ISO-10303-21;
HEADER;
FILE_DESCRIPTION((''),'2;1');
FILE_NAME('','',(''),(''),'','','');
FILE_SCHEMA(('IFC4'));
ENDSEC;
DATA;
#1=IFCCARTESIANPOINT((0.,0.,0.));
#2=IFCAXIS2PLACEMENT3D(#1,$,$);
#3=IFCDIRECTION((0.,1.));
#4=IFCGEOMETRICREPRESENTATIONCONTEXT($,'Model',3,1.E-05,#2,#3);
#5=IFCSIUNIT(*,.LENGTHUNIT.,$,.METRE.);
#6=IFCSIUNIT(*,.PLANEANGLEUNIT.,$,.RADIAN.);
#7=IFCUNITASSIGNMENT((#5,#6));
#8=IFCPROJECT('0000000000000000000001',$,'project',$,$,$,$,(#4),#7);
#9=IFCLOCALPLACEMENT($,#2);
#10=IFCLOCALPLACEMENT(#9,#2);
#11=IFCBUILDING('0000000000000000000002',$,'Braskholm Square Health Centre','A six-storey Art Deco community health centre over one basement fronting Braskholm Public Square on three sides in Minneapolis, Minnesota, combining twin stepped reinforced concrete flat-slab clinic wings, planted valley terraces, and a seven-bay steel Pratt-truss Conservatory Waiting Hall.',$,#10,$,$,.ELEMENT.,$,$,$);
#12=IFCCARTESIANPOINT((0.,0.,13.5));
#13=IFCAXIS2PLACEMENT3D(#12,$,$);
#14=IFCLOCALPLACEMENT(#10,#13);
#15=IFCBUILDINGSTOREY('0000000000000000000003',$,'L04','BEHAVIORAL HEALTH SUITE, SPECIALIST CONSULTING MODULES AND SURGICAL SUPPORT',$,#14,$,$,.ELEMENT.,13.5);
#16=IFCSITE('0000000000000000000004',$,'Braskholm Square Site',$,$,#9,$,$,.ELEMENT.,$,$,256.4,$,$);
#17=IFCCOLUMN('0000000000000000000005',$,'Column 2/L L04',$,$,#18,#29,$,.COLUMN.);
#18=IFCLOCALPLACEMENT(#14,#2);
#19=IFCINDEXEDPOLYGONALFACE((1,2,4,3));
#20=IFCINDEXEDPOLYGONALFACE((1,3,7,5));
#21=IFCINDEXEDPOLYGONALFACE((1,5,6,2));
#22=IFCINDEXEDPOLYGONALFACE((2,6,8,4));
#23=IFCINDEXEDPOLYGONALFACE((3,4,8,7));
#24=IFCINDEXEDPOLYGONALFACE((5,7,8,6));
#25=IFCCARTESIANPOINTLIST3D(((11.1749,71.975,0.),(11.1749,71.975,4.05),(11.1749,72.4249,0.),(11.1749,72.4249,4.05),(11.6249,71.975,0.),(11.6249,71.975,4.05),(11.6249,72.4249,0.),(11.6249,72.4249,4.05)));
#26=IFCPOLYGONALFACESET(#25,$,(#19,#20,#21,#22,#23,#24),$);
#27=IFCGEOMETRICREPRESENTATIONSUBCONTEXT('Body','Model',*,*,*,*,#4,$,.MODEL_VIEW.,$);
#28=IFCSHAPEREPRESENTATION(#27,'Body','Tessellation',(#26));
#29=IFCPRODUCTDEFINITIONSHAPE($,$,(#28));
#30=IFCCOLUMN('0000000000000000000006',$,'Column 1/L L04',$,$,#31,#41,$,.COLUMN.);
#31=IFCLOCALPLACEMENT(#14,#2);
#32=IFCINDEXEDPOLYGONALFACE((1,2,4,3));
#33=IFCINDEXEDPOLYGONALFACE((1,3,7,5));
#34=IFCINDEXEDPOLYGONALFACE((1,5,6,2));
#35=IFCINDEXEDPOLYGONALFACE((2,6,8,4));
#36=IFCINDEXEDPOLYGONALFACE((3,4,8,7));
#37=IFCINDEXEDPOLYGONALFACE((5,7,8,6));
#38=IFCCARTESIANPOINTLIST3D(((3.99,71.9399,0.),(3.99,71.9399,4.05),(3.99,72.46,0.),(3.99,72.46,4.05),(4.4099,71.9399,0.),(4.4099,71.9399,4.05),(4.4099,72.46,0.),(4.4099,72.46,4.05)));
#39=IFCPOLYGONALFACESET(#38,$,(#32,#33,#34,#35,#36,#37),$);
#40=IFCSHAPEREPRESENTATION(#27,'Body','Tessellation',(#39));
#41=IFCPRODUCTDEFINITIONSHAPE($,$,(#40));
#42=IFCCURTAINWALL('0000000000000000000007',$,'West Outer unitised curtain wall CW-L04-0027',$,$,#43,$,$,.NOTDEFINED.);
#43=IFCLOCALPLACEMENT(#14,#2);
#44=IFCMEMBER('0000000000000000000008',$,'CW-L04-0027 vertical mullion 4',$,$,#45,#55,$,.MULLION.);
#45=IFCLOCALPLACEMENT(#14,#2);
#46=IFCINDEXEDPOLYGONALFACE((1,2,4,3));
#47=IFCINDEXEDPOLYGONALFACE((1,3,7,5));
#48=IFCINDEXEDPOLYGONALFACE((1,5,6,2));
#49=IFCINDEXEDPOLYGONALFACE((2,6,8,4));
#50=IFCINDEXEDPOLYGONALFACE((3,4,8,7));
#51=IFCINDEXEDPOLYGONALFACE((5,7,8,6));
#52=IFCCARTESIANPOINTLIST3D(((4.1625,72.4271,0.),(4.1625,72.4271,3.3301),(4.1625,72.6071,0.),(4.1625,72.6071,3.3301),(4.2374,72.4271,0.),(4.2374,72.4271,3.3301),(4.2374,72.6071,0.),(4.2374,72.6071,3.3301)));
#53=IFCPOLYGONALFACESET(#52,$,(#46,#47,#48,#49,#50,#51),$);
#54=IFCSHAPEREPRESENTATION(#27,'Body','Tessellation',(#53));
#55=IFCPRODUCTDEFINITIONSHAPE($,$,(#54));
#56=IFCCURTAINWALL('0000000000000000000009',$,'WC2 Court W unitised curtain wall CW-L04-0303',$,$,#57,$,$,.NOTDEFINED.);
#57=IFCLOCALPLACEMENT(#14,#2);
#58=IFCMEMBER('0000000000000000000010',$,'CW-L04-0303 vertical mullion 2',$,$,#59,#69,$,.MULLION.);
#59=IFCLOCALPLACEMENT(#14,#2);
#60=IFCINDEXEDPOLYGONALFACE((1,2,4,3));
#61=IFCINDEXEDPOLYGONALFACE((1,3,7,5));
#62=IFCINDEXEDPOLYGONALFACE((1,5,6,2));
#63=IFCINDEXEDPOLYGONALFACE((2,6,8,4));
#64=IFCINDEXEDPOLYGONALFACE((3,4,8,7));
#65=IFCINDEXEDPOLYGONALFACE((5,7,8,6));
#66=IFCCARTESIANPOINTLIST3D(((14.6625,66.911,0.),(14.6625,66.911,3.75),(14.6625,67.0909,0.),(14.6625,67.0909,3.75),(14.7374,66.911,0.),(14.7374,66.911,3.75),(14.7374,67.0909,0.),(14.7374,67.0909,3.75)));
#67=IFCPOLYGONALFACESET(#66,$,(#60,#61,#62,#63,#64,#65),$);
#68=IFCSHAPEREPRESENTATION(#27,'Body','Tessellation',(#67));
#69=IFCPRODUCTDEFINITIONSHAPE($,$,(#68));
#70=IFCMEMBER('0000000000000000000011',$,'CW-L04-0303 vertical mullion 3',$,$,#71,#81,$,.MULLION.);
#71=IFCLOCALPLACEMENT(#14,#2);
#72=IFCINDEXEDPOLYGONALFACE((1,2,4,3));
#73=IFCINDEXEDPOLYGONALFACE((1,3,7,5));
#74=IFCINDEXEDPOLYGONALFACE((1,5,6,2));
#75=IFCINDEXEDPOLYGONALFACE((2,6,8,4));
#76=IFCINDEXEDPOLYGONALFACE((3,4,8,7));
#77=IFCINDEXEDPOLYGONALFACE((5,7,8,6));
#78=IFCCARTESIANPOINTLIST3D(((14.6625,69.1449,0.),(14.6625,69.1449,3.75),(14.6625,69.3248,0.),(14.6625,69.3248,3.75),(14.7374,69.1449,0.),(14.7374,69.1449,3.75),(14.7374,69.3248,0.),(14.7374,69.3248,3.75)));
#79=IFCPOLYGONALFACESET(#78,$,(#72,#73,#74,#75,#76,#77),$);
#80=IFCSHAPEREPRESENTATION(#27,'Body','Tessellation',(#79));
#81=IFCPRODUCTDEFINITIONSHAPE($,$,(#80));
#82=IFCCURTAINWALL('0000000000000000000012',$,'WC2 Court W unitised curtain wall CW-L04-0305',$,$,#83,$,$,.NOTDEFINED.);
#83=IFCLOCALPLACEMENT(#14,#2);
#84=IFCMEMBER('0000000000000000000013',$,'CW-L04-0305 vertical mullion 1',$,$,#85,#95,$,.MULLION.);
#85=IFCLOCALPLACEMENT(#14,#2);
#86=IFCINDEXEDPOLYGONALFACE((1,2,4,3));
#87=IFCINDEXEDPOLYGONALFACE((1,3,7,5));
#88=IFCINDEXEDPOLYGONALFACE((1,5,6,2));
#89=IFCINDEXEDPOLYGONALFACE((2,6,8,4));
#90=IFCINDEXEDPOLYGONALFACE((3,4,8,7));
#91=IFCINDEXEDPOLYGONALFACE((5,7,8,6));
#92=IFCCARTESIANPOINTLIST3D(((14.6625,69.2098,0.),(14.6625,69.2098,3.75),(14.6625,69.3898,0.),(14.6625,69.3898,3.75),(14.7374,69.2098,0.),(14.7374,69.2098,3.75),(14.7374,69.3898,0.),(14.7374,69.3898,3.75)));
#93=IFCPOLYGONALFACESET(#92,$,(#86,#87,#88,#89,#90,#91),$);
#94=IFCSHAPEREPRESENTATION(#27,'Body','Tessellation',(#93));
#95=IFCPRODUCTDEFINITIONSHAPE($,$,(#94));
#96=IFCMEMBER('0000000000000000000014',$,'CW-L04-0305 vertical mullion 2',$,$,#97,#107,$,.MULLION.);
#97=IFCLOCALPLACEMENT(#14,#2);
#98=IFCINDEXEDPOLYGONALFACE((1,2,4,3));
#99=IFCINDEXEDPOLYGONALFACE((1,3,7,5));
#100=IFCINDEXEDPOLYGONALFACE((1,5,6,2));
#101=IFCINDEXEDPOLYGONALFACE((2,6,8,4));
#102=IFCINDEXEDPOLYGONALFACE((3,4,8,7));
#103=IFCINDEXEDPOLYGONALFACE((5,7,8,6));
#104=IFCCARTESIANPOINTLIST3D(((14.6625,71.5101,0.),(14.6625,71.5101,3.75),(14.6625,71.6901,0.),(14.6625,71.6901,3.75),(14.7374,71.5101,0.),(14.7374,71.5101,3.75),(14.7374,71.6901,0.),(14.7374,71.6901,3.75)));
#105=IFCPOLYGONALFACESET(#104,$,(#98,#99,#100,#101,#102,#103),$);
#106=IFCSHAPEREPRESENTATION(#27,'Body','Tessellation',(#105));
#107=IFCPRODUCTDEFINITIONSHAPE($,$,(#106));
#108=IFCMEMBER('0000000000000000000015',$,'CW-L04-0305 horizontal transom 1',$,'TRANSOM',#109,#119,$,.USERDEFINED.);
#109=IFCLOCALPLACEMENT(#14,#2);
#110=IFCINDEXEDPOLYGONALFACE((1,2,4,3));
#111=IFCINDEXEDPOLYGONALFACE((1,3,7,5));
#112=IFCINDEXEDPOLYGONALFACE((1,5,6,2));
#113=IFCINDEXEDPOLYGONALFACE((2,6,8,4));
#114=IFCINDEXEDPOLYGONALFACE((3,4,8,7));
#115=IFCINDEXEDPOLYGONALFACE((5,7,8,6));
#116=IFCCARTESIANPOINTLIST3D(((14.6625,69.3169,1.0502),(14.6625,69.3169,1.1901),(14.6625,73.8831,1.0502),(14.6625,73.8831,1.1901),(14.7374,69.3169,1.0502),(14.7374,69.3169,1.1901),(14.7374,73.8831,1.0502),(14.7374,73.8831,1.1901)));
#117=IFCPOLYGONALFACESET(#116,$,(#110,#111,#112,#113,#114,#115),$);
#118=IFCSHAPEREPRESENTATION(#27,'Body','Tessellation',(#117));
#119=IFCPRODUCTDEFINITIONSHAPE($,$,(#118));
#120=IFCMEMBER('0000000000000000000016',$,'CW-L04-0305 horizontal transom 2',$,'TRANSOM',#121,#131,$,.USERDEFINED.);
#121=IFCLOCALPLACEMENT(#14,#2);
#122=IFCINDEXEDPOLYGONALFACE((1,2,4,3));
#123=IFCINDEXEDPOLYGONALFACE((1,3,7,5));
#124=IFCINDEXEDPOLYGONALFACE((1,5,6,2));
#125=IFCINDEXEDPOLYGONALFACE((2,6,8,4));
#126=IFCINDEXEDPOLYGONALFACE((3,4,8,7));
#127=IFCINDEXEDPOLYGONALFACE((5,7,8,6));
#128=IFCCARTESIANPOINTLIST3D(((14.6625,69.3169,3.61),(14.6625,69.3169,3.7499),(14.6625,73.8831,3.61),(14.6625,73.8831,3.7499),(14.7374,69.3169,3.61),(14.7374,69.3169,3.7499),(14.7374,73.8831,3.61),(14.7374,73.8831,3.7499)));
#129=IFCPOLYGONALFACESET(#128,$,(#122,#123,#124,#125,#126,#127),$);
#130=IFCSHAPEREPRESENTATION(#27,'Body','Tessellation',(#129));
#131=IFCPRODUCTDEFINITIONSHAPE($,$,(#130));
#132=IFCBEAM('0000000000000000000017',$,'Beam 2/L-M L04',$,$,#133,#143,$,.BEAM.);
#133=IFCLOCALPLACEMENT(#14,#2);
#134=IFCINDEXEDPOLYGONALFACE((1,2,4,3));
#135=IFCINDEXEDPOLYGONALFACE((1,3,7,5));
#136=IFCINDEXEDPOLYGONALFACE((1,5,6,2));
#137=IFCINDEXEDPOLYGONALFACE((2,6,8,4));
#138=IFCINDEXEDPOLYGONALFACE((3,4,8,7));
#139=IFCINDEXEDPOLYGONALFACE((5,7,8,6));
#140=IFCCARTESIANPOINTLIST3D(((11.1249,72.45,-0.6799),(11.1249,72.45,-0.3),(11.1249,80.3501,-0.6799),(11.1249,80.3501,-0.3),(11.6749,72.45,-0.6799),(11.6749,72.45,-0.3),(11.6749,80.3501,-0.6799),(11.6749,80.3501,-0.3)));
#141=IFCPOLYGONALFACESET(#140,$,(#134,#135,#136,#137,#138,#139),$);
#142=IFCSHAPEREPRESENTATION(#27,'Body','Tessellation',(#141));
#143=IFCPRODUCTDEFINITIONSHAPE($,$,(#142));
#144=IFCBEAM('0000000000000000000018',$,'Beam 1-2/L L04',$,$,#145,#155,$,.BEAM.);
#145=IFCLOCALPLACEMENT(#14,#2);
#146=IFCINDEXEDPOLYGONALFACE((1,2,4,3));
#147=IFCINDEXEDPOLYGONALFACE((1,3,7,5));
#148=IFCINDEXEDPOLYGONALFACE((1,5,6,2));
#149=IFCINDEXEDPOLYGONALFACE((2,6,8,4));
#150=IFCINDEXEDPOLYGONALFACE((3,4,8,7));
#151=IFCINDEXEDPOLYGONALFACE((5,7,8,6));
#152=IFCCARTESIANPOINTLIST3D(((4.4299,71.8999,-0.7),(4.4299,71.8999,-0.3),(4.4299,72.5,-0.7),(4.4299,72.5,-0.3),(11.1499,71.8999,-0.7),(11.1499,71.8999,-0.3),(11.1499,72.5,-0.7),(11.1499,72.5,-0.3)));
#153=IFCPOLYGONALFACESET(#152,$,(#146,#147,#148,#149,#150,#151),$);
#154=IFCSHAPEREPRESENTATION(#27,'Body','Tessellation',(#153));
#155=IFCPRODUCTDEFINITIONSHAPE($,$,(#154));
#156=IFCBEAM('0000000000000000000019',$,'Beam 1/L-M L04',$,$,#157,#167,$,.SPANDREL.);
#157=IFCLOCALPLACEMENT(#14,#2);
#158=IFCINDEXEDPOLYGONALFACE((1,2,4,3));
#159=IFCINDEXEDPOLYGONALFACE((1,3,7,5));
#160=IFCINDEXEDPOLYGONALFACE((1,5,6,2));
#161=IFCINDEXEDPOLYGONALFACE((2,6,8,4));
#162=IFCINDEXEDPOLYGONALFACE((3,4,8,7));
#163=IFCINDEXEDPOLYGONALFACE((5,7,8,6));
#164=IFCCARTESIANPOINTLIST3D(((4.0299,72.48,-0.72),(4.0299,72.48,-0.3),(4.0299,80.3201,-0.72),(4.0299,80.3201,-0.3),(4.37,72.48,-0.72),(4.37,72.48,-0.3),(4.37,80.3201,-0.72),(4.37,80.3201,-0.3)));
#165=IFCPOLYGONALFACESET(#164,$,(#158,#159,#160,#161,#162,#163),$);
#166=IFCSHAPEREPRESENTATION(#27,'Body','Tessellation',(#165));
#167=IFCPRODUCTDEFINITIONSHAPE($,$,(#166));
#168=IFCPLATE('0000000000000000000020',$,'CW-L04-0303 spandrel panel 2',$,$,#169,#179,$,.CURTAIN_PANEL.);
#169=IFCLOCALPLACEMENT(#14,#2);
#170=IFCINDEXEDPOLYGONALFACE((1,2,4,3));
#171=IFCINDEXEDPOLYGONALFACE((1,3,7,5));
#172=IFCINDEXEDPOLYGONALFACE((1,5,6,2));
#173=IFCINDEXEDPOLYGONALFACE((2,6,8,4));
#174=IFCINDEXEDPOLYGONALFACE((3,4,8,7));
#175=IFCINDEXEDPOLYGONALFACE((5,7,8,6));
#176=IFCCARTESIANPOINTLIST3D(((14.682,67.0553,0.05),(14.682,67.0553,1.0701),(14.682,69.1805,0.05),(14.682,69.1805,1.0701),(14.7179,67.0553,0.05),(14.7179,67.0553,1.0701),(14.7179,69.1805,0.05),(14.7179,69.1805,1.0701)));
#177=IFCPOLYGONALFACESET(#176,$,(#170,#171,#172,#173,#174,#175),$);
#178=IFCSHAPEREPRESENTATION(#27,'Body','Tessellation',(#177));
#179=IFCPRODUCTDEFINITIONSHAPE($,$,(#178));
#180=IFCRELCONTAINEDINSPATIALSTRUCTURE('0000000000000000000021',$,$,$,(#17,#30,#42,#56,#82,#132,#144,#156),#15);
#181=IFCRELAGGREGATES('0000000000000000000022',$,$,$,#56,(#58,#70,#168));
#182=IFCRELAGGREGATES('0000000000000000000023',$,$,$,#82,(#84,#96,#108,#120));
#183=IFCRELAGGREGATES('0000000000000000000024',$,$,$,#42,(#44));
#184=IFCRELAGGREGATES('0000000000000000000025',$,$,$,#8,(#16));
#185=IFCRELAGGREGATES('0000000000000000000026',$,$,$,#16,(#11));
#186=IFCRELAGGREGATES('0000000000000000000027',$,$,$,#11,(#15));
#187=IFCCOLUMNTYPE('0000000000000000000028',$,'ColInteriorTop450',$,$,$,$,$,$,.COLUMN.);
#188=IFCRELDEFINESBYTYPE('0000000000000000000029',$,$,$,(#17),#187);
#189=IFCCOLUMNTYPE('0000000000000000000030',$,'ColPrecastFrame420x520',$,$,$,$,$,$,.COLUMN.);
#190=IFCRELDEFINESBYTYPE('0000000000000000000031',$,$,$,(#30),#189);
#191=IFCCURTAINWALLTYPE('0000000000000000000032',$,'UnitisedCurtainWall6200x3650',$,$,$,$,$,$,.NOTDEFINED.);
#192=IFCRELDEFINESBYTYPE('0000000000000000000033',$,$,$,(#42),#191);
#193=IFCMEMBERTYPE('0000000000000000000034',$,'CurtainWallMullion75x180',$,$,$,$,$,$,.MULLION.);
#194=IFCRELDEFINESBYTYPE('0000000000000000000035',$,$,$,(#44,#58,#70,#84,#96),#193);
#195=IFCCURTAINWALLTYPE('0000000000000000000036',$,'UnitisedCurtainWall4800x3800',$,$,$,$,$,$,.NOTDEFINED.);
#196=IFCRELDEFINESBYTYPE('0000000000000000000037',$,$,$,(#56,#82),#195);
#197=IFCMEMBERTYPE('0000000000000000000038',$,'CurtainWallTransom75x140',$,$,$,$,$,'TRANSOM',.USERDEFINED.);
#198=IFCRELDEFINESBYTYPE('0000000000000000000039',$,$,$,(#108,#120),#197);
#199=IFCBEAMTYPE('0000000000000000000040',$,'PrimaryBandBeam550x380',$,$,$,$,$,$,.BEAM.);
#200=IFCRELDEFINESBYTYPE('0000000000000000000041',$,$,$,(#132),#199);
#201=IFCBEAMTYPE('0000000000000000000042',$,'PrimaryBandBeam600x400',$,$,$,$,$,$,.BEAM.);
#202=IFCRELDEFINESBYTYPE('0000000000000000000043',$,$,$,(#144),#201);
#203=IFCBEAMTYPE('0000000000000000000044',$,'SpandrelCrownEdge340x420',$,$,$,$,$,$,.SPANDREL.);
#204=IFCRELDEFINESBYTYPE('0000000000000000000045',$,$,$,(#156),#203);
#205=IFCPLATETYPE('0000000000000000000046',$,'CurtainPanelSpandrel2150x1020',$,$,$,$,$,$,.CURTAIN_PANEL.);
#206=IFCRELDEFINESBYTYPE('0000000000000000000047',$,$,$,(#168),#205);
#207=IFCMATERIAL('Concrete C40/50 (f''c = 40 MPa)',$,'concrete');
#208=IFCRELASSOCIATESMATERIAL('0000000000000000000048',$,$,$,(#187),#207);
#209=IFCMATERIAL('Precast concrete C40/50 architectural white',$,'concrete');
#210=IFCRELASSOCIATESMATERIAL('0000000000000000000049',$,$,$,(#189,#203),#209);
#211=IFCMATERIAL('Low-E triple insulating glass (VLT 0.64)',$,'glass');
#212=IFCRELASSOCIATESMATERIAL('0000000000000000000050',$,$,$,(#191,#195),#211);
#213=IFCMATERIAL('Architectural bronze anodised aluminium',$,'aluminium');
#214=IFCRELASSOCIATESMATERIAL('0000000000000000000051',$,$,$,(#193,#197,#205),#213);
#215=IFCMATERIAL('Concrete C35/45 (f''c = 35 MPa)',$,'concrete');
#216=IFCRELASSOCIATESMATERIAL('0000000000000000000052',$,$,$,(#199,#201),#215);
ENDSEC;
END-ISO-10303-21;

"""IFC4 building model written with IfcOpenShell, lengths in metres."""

from ifc_helpers import new_model, si_unit, direction, frame, origin, origin_2d, place, context, subcontext, project, spatial, rectangle, extrude, material, material_profile, profile_set, type_object, element, aggregate, save


model = new_model("IFC4")

# Units and contexts
model_context = context("Model", 3, precision=1e-05, world=origin(), true_north=direction((0.0, 1.0)))
body_context = subcontext(model_context, "Body", "Model", "MODEL_VIEW")
ifc_project = project(units=[si_unit("LENGTHUNIT", "METRE"), si_unit("PLANEANGLEUNIT", "RADIAN")], contexts=[model_context])

# Site, building, storey
site_placement = place(None, origin())
site = spatial("IfcSite", under=ifc_project, at=site_placement, Name="Braskholm Square Site", CompositionType="ELEMENT", RefElevation=256.4)
building_placement = place(site_placement, origin())
building = spatial("IfcBuilding", under=site, at=building_placement, Name="Braskholm Square Health Centre", Description="A six-storey Art Deco community health centre over one basement fronting Braskholm Public Square on three sides in Minneapolis, Minnesota, combining twin stepped reinforced concrete flat-slab clinic wings, planted valley terraces, and a seven-bay steel Pratt-truss Conservatory Waiting Hall.", CompositionType="ELEMENT")
storey_placement = place(building_placement, frame((0.0, 0.0, 13.5)))
storey = spatial("IfcBuildingStorey", under=building, at=storey_placement, Name="L04", Description="BEHAVIORAL HEALTH SUITE, SPECIALIST CONSULTING MODULES AND SURGICAL SUPPORT", CompositionType="ELEMENT", Elevation=13.5)

# Columns
ifc_material_1 = material(Name="Concrete C40/50 (f'c = 40 MPa)", Category="concrete")
ifc_material_profile_1 = material_profile(ifc_material_1, rectangle(XDim=0.45, YDim=0.45, at=origin_2d()), Name="RC-450X450")
ifc_profile_set_1 = profile_set([ifc_material_profile_1], Name="Concrete C40/50 (f'c = 40 MPa)")
column_type_1 = type_object("IfcColumnType", Name="ColInteriorTop450", PredefinedType="COLUMN", material=ifc_profile_set_1)
column_1_placement = place(storey_placement, frame((11.3999, 72.2, 0.0), z_axis=(0.0, 0.0, 1.0), x_axis=(1.0, 0.0, 0.0)))
element("IfcColumn", 1, at=column_1_placement, inside=storey, type_object=column_type_1, Name="Column 2/L L04", PredefinedType="COLUMN", context=body_context, shape_type="SweptSolid", body=[
    extrude(rectangle(XDim=0.45, YDim=0.45, at=origin_2d()), origin(), (0.0, 0.0, 1.0), 4.05),
])
ifc_material_2 = material(Name="Precast concrete C40/50 architectural white", Category="concrete")
ifc_material_profile_2 = material_profile(ifc_material_2, rectangle(XDim=0.4199, YDim=0.52, at=origin_2d()), Name="RC-420X520")
ifc_profile_set_2 = profile_set([ifc_material_profile_2], Name="Precast concrete C40/50 architectural white")
column_type_2 = type_object("IfcColumnType", Name="ColPrecastFrame420x520", PredefinedType="COLUMN", material=ifc_profile_set_2)
column_2_placement = place(storey_placement, frame((4.2, 72.2, 0.0), z_axis=(0.0, 0.0, 1.0), x_axis=(1.0, 0.0, 0.0)))
element("IfcColumn", 2, at=column_2_placement, inside=storey, type_object=column_type_2, Name="Column 1/L L04", PredefinedType="COLUMN", context=body_context, shape_type="SweptSolid", body=[
    extrude(rectangle(XDim=0.4199, YDim=0.52, at=origin_2d()), origin(), (0.0, 0.0, 1.0), 4.05),
])

# Curtain wall, member
ifc_material_3 = material(Name="Low-E triple insulating glass (VLT 0.64)", Category="glass")
curtain_wall_type_1 = type_object("IfcCurtainWallType", Name="UnitisedCurtainWall6200x3650", PredefinedType="NOTDEFINED", material=ifc_material_3)
curtain_wall_1_placement = place(storey_placement, origin())
curtain_wall_1 = element("IfcCurtainWall", 3, at=curtain_wall_1_placement, inside=storey, type_object=curtain_wall_type_1, Name="West Outer unitised curtain wall CW-L04-0027", PredefinedType="NOTDEFINED")
ifc_material_4 = material(Name="Architectural bronze anodised aluminium", Category="aluminium")
ifc_material_profile_3 = material_profile(ifc_material_4, rectangle(XDim=0.075, YDim=0.1799, at=origin_2d()), Name="ALU-75X180")
ifc_profile_set_3 = profile_set([ifc_material_profile_3], Name="Architectural bronze anodised aluminium")
member_type_1 = type_object("IfcMemberType", Name="CurtainWallMullion75x180", PredefinedType="MULLION", material=ifc_profile_set_3)
member_1_placement = place(storey_placement, frame((4.2, 72.5171, 0.0), z_axis=(0.0, 0.0, 1.0), x_axis=(1.0, 0.0, 0.0)))
member_1 = element("IfcMember", 4, at=member_1_placement, type_object=member_type_1, Name="CW-L04-0027 vertical mullion 4", PredefinedType="MULLION", context=body_context, shape_type="SweptSolid", body=[
    extrude(rectangle(XDim=0.075, YDim=0.1799, at=origin_2d()), origin(), (0.0, 0.0, 1.0), 3.3301),
])

# Curtain walls, members
curtain_wall_type_2 = type_object("IfcCurtainWallType", Name="UnitisedCurtainWall4800x3800", PredefinedType="NOTDEFINED", material=ifc_material_3)
curtain_wall_2_placement = place(storey_placement, origin())
curtain_wall_2 = element("IfcCurtainWall", 5, at=curtain_wall_2_placement, inside=storey, type_object=curtain_wall_type_2, Name="WC2 Court W unitised curtain wall CW-L04-0303", PredefinedType="NOTDEFINED")
member_2_placement = place(storey_placement, frame((14.7, 67.001, 0.0), z_axis=(0.0, 0.0, 1.0), x_axis=(1.0, 0.0, 0.0)))
member_2 = element("IfcMember", 6, at=member_2_placement, type_object=member_type_1, Name="CW-L04-0303 vertical mullion 2", PredefinedType="MULLION", context=body_context, shape_type="SweptSolid", body=[
    extrude(rectangle(XDim=0.075, YDim=0.1799, at=origin_2d()), origin(), (0.0, 0.0, 1.0), 3.75),
])
member_3_placement = place(storey_placement, frame((14.7, 69.2349, 0.0), z_axis=(0.0, 0.0, 1.0), x_axis=(1.0, 0.0, 0.0)))
member_3 = element("IfcMember", 7, at=member_3_placement, type_object=member_type_1, Name="CW-L04-0303 vertical mullion 3", PredefinedType="MULLION", context=body_context, shape_type="SweptSolid", body=[
    extrude(rectangle(XDim=0.075, YDim=0.1799, at=origin_2d()), origin(), (0.0, 0.0, 1.0), 3.75),
])
curtain_wall_3_placement = place(storey_placement, origin())
curtain_wall_3 = element("IfcCurtainWall", 8, at=curtain_wall_3_placement, inside=storey, type_object=curtain_wall_type_2, Name="WC2 Court W unitised curtain wall CW-L04-0305", PredefinedType="NOTDEFINED")
member_4_placement = place(storey_placement, frame((14.7, 69.2998, 0.0), z_axis=(0.0, 0.0, 1.0), x_axis=(1.0, 0.0, 0.0)))
member_4 = element("IfcMember", 9, at=member_4_placement, type_object=member_type_1, Name="CW-L04-0305 vertical mullion 1", PredefinedType="MULLION", context=body_context, shape_type="SweptSolid", body=[
    extrude(rectangle(XDim=0.075, YDim=0.1799, at=origin_2d()), origin(), (0.0, 0.0, 1.0), 3.75),
])
member_5_placement = place(storey_placement, frame((14.7, 71.6001, 0.0), z_axis=(0.0, 0.0, 1.0), x_axis=(1.0, 0.0, 0.0)))
member_5 = element("IfcMember", 10, at=member_5_placement, type_object=member_type_1, Name="CW-L04-0305 vertical mullion 2", PredefinedType="MULLION", context=body_context, shape_type="SweptSolid", body=[
    extrude(rectangle(XDim=0.075, YDim=0.1799, at=origin_2d()), origin(), (0.0, 0.0, 1.0), 3.75),
])
ifc_material_profile_4 = material_profile(ifc_material_4, rectangle(XDim=0.075, YDim=0.1399, at=origin_2d()), Name="ALU-75X140")
ifc_profile_set_4 = profile_set([ifc_material_profile_4], Name="Architectural bronze anodised aluminium")
member_type_2 = type_object("IfcMemberType", Name="CurtainWallTransom75x140", ElementType="TRANSOM", PredefinedType="USERDEFINED", material=ifc_profile_set_4)
member_6_placement = place(storey_placement, frame((14.7, 69.3169, 1.1201), z_axis=(0.0, 1.0, 0.0), x_axis=(-1.0, 0.0, 0.0)))
member_6 = element("IfcMember", 11, at=member_6_placement, type_object=member_type_2, Name="CW-L04-0305 horizontal transom 1", ObjectType="TRANSOM", PredefinedType="USERDEFINED", context=body_context, shape_type="SweptSolid", body=[
    extrude(rectangle(XDim=0.075, YDim=0.1399, at=origin_2d()), origin(), (0.0, 0.0, 1.0), 4.5662),
])
member_7_placement = place(storey_placement, frame((14.7, 69.3169, 3.6799), z_axis=(0.0, 1.0, 0.0), x_axis=(-1.0, 0.0, 0.0)))
member_7 = element("IfcMember", 12, at=member_7_placement, type_object=member_type_2, Name="CW-L04-0305 horizontal transom 2", ObjectType="TRANSOM", PredefinedType="USERDEFINED", context=body_context, shape_type="SweptSolid", body=[
    extrude(rectangle(XDim=0.075, YDim=0.1399, at=origin_2d()), origin(), (0.0, 0.0, 1.0), 4.5662),
])

# Beams
ifc_material_5 = material(Name="Concrete C35/45 (f'c = 35 MPa)", Category="concrete")
ifc_material_profile_5 = material_profile(ifc_material_5, rectangle(XDim=0.55, YDim=0.3799, at=origin_2d()), Name="RCB-550X380")
ifc_profile_set_5 = profile_set([ifc_material_profile_5], Name="Concrete C35/45 (f'c = 35 MPa)")
beam_type_1 = type_object("IfcBeamType", Name="PrimaryBandBeam550x380", PredefinedType="BEAM", material=ifc_profile_set_5)
beam_1_placement = place(storey_placement, frame((11.3999, 72.45, -0.49), z_axis=(0.0, 1.0, 0.0), x_axis=(-1.0, 0.0, 0.0)))
element("IfcBeam", 13, at=beam_1_placement, inside=storey, type_object=beam_type_1, Name="Beam 2/L-M L04", PredefinedType="BEAM", context=body_context, shape_type="SweptSolid", body=[
    extrude(rectangle(XDim=0.55, YDim=0.3799, at=origin_2d()), origin(), (0.0, 0.0, 1.0), 7.9001),
])
ifc_material_profile_6 = material_profile(ifc_material_5, rectangle(XDim=0.6001, YDim=0.3999, at=origin_2d()), Name="RCB-600X400")
ifc_profile_set_6 = profile_set([ifc_material_profile_6], Name="Concrete C35/45 (f'c = 35 MPa)")
beam_type_2 = type_object("IfcBeamType", Name="PrimaryBandBeam600x400", PredefinedType="BEAM", material=ifc_profile_set_6)
beam_2_placement = place(storey_placement, frame((4.4299, 72.2, -0.5), z_axis=(1.0, 0.0, 0.0), x_axis=(0.0, 1.0, 0.0)))
element("IfcBeam", 14, at=beam_2_placement, inside=storey, type_object=beam_type_2, Name="Beam 1-2/L L04", PredefinedType="BEAM", context=body_context, shape_type="SweptSolid", body=[
    extrude(rectangle(XDim=0.6001, YDim=0.3999, at=origin_2d()), origin(), (0.0, 0.0, 1.0), 6.72),
])
ifc_material_profile_7 = material_profile(ifc_material_2, rectangle(XDim=0.3401, YDim=0.4199, at=origin_2d()), Name="RCB-340X420")
ifc_profile_set_7 = profile_set([ifc_material_profile_7], Name="Precast concrete C40/50 architectural white")
beam_type_3 = type_object("IfcBeamType", Name="SpandrelCrownEdge340x420", PredefinedType="SPANDREL", material=ifc_profile_set_7)
beam_3_placement = place(storey_placement, frame((4.2, 72.48, -0.51), z_axis=(0.0, 1.0, 0.0), x_axis=(-1.0, 0.0, 0.0)))
element("IfcBeam", 15, at=beam_3_placement, inside=storey, type_object=beam_type_3, Name="Beam 1/L-M L04", PredefinedType="SPANDREL", context=body_context, shape_type="SweptSolid", body=[
    extrude(rectangle(XDim=0.3401, YDim=0.4199, at=origin_2d()), origin(), (0.0, 0.0, 1.0), 7.8401),
])

# Plate
plate_type_1 = type_object("IfcPlateType", Name="CurtainPanelSpandrel2150x1020", PredefinedType="CURTAIN_PANEL", material=ifc_material_4)
plate_1_placement = place(storey_placement, frame((14.7, 68.1179, 0.05), z_axis=(0.0, 0.0, 1.0), x_axis=(0.0, 1.0, 0.0)))
plate_1 = element("IfcPlate", 16, at=plate_1_placement, type_object=plate_type_1, Name="CW-L04-0303 spandrel panel 2", PredefinedType="CURTAIN_PANEL", context=body_context, shape_type="SweptSolid", body=[
    extrude(rectangle(XDim=2.1252, YDim=0.0359, at=origin_2d()), origin(), (0.0, 0.0, 1.0), 1.02),
])
aggregate(curtain_wall_2, [member_2, member_3, plate_1])
aggregate(curtain_wall_3, [member_4, member_5, member_6, member_7])
aggregate(curtain_wall_1, [member_1])

save(model, "model.ifc")
